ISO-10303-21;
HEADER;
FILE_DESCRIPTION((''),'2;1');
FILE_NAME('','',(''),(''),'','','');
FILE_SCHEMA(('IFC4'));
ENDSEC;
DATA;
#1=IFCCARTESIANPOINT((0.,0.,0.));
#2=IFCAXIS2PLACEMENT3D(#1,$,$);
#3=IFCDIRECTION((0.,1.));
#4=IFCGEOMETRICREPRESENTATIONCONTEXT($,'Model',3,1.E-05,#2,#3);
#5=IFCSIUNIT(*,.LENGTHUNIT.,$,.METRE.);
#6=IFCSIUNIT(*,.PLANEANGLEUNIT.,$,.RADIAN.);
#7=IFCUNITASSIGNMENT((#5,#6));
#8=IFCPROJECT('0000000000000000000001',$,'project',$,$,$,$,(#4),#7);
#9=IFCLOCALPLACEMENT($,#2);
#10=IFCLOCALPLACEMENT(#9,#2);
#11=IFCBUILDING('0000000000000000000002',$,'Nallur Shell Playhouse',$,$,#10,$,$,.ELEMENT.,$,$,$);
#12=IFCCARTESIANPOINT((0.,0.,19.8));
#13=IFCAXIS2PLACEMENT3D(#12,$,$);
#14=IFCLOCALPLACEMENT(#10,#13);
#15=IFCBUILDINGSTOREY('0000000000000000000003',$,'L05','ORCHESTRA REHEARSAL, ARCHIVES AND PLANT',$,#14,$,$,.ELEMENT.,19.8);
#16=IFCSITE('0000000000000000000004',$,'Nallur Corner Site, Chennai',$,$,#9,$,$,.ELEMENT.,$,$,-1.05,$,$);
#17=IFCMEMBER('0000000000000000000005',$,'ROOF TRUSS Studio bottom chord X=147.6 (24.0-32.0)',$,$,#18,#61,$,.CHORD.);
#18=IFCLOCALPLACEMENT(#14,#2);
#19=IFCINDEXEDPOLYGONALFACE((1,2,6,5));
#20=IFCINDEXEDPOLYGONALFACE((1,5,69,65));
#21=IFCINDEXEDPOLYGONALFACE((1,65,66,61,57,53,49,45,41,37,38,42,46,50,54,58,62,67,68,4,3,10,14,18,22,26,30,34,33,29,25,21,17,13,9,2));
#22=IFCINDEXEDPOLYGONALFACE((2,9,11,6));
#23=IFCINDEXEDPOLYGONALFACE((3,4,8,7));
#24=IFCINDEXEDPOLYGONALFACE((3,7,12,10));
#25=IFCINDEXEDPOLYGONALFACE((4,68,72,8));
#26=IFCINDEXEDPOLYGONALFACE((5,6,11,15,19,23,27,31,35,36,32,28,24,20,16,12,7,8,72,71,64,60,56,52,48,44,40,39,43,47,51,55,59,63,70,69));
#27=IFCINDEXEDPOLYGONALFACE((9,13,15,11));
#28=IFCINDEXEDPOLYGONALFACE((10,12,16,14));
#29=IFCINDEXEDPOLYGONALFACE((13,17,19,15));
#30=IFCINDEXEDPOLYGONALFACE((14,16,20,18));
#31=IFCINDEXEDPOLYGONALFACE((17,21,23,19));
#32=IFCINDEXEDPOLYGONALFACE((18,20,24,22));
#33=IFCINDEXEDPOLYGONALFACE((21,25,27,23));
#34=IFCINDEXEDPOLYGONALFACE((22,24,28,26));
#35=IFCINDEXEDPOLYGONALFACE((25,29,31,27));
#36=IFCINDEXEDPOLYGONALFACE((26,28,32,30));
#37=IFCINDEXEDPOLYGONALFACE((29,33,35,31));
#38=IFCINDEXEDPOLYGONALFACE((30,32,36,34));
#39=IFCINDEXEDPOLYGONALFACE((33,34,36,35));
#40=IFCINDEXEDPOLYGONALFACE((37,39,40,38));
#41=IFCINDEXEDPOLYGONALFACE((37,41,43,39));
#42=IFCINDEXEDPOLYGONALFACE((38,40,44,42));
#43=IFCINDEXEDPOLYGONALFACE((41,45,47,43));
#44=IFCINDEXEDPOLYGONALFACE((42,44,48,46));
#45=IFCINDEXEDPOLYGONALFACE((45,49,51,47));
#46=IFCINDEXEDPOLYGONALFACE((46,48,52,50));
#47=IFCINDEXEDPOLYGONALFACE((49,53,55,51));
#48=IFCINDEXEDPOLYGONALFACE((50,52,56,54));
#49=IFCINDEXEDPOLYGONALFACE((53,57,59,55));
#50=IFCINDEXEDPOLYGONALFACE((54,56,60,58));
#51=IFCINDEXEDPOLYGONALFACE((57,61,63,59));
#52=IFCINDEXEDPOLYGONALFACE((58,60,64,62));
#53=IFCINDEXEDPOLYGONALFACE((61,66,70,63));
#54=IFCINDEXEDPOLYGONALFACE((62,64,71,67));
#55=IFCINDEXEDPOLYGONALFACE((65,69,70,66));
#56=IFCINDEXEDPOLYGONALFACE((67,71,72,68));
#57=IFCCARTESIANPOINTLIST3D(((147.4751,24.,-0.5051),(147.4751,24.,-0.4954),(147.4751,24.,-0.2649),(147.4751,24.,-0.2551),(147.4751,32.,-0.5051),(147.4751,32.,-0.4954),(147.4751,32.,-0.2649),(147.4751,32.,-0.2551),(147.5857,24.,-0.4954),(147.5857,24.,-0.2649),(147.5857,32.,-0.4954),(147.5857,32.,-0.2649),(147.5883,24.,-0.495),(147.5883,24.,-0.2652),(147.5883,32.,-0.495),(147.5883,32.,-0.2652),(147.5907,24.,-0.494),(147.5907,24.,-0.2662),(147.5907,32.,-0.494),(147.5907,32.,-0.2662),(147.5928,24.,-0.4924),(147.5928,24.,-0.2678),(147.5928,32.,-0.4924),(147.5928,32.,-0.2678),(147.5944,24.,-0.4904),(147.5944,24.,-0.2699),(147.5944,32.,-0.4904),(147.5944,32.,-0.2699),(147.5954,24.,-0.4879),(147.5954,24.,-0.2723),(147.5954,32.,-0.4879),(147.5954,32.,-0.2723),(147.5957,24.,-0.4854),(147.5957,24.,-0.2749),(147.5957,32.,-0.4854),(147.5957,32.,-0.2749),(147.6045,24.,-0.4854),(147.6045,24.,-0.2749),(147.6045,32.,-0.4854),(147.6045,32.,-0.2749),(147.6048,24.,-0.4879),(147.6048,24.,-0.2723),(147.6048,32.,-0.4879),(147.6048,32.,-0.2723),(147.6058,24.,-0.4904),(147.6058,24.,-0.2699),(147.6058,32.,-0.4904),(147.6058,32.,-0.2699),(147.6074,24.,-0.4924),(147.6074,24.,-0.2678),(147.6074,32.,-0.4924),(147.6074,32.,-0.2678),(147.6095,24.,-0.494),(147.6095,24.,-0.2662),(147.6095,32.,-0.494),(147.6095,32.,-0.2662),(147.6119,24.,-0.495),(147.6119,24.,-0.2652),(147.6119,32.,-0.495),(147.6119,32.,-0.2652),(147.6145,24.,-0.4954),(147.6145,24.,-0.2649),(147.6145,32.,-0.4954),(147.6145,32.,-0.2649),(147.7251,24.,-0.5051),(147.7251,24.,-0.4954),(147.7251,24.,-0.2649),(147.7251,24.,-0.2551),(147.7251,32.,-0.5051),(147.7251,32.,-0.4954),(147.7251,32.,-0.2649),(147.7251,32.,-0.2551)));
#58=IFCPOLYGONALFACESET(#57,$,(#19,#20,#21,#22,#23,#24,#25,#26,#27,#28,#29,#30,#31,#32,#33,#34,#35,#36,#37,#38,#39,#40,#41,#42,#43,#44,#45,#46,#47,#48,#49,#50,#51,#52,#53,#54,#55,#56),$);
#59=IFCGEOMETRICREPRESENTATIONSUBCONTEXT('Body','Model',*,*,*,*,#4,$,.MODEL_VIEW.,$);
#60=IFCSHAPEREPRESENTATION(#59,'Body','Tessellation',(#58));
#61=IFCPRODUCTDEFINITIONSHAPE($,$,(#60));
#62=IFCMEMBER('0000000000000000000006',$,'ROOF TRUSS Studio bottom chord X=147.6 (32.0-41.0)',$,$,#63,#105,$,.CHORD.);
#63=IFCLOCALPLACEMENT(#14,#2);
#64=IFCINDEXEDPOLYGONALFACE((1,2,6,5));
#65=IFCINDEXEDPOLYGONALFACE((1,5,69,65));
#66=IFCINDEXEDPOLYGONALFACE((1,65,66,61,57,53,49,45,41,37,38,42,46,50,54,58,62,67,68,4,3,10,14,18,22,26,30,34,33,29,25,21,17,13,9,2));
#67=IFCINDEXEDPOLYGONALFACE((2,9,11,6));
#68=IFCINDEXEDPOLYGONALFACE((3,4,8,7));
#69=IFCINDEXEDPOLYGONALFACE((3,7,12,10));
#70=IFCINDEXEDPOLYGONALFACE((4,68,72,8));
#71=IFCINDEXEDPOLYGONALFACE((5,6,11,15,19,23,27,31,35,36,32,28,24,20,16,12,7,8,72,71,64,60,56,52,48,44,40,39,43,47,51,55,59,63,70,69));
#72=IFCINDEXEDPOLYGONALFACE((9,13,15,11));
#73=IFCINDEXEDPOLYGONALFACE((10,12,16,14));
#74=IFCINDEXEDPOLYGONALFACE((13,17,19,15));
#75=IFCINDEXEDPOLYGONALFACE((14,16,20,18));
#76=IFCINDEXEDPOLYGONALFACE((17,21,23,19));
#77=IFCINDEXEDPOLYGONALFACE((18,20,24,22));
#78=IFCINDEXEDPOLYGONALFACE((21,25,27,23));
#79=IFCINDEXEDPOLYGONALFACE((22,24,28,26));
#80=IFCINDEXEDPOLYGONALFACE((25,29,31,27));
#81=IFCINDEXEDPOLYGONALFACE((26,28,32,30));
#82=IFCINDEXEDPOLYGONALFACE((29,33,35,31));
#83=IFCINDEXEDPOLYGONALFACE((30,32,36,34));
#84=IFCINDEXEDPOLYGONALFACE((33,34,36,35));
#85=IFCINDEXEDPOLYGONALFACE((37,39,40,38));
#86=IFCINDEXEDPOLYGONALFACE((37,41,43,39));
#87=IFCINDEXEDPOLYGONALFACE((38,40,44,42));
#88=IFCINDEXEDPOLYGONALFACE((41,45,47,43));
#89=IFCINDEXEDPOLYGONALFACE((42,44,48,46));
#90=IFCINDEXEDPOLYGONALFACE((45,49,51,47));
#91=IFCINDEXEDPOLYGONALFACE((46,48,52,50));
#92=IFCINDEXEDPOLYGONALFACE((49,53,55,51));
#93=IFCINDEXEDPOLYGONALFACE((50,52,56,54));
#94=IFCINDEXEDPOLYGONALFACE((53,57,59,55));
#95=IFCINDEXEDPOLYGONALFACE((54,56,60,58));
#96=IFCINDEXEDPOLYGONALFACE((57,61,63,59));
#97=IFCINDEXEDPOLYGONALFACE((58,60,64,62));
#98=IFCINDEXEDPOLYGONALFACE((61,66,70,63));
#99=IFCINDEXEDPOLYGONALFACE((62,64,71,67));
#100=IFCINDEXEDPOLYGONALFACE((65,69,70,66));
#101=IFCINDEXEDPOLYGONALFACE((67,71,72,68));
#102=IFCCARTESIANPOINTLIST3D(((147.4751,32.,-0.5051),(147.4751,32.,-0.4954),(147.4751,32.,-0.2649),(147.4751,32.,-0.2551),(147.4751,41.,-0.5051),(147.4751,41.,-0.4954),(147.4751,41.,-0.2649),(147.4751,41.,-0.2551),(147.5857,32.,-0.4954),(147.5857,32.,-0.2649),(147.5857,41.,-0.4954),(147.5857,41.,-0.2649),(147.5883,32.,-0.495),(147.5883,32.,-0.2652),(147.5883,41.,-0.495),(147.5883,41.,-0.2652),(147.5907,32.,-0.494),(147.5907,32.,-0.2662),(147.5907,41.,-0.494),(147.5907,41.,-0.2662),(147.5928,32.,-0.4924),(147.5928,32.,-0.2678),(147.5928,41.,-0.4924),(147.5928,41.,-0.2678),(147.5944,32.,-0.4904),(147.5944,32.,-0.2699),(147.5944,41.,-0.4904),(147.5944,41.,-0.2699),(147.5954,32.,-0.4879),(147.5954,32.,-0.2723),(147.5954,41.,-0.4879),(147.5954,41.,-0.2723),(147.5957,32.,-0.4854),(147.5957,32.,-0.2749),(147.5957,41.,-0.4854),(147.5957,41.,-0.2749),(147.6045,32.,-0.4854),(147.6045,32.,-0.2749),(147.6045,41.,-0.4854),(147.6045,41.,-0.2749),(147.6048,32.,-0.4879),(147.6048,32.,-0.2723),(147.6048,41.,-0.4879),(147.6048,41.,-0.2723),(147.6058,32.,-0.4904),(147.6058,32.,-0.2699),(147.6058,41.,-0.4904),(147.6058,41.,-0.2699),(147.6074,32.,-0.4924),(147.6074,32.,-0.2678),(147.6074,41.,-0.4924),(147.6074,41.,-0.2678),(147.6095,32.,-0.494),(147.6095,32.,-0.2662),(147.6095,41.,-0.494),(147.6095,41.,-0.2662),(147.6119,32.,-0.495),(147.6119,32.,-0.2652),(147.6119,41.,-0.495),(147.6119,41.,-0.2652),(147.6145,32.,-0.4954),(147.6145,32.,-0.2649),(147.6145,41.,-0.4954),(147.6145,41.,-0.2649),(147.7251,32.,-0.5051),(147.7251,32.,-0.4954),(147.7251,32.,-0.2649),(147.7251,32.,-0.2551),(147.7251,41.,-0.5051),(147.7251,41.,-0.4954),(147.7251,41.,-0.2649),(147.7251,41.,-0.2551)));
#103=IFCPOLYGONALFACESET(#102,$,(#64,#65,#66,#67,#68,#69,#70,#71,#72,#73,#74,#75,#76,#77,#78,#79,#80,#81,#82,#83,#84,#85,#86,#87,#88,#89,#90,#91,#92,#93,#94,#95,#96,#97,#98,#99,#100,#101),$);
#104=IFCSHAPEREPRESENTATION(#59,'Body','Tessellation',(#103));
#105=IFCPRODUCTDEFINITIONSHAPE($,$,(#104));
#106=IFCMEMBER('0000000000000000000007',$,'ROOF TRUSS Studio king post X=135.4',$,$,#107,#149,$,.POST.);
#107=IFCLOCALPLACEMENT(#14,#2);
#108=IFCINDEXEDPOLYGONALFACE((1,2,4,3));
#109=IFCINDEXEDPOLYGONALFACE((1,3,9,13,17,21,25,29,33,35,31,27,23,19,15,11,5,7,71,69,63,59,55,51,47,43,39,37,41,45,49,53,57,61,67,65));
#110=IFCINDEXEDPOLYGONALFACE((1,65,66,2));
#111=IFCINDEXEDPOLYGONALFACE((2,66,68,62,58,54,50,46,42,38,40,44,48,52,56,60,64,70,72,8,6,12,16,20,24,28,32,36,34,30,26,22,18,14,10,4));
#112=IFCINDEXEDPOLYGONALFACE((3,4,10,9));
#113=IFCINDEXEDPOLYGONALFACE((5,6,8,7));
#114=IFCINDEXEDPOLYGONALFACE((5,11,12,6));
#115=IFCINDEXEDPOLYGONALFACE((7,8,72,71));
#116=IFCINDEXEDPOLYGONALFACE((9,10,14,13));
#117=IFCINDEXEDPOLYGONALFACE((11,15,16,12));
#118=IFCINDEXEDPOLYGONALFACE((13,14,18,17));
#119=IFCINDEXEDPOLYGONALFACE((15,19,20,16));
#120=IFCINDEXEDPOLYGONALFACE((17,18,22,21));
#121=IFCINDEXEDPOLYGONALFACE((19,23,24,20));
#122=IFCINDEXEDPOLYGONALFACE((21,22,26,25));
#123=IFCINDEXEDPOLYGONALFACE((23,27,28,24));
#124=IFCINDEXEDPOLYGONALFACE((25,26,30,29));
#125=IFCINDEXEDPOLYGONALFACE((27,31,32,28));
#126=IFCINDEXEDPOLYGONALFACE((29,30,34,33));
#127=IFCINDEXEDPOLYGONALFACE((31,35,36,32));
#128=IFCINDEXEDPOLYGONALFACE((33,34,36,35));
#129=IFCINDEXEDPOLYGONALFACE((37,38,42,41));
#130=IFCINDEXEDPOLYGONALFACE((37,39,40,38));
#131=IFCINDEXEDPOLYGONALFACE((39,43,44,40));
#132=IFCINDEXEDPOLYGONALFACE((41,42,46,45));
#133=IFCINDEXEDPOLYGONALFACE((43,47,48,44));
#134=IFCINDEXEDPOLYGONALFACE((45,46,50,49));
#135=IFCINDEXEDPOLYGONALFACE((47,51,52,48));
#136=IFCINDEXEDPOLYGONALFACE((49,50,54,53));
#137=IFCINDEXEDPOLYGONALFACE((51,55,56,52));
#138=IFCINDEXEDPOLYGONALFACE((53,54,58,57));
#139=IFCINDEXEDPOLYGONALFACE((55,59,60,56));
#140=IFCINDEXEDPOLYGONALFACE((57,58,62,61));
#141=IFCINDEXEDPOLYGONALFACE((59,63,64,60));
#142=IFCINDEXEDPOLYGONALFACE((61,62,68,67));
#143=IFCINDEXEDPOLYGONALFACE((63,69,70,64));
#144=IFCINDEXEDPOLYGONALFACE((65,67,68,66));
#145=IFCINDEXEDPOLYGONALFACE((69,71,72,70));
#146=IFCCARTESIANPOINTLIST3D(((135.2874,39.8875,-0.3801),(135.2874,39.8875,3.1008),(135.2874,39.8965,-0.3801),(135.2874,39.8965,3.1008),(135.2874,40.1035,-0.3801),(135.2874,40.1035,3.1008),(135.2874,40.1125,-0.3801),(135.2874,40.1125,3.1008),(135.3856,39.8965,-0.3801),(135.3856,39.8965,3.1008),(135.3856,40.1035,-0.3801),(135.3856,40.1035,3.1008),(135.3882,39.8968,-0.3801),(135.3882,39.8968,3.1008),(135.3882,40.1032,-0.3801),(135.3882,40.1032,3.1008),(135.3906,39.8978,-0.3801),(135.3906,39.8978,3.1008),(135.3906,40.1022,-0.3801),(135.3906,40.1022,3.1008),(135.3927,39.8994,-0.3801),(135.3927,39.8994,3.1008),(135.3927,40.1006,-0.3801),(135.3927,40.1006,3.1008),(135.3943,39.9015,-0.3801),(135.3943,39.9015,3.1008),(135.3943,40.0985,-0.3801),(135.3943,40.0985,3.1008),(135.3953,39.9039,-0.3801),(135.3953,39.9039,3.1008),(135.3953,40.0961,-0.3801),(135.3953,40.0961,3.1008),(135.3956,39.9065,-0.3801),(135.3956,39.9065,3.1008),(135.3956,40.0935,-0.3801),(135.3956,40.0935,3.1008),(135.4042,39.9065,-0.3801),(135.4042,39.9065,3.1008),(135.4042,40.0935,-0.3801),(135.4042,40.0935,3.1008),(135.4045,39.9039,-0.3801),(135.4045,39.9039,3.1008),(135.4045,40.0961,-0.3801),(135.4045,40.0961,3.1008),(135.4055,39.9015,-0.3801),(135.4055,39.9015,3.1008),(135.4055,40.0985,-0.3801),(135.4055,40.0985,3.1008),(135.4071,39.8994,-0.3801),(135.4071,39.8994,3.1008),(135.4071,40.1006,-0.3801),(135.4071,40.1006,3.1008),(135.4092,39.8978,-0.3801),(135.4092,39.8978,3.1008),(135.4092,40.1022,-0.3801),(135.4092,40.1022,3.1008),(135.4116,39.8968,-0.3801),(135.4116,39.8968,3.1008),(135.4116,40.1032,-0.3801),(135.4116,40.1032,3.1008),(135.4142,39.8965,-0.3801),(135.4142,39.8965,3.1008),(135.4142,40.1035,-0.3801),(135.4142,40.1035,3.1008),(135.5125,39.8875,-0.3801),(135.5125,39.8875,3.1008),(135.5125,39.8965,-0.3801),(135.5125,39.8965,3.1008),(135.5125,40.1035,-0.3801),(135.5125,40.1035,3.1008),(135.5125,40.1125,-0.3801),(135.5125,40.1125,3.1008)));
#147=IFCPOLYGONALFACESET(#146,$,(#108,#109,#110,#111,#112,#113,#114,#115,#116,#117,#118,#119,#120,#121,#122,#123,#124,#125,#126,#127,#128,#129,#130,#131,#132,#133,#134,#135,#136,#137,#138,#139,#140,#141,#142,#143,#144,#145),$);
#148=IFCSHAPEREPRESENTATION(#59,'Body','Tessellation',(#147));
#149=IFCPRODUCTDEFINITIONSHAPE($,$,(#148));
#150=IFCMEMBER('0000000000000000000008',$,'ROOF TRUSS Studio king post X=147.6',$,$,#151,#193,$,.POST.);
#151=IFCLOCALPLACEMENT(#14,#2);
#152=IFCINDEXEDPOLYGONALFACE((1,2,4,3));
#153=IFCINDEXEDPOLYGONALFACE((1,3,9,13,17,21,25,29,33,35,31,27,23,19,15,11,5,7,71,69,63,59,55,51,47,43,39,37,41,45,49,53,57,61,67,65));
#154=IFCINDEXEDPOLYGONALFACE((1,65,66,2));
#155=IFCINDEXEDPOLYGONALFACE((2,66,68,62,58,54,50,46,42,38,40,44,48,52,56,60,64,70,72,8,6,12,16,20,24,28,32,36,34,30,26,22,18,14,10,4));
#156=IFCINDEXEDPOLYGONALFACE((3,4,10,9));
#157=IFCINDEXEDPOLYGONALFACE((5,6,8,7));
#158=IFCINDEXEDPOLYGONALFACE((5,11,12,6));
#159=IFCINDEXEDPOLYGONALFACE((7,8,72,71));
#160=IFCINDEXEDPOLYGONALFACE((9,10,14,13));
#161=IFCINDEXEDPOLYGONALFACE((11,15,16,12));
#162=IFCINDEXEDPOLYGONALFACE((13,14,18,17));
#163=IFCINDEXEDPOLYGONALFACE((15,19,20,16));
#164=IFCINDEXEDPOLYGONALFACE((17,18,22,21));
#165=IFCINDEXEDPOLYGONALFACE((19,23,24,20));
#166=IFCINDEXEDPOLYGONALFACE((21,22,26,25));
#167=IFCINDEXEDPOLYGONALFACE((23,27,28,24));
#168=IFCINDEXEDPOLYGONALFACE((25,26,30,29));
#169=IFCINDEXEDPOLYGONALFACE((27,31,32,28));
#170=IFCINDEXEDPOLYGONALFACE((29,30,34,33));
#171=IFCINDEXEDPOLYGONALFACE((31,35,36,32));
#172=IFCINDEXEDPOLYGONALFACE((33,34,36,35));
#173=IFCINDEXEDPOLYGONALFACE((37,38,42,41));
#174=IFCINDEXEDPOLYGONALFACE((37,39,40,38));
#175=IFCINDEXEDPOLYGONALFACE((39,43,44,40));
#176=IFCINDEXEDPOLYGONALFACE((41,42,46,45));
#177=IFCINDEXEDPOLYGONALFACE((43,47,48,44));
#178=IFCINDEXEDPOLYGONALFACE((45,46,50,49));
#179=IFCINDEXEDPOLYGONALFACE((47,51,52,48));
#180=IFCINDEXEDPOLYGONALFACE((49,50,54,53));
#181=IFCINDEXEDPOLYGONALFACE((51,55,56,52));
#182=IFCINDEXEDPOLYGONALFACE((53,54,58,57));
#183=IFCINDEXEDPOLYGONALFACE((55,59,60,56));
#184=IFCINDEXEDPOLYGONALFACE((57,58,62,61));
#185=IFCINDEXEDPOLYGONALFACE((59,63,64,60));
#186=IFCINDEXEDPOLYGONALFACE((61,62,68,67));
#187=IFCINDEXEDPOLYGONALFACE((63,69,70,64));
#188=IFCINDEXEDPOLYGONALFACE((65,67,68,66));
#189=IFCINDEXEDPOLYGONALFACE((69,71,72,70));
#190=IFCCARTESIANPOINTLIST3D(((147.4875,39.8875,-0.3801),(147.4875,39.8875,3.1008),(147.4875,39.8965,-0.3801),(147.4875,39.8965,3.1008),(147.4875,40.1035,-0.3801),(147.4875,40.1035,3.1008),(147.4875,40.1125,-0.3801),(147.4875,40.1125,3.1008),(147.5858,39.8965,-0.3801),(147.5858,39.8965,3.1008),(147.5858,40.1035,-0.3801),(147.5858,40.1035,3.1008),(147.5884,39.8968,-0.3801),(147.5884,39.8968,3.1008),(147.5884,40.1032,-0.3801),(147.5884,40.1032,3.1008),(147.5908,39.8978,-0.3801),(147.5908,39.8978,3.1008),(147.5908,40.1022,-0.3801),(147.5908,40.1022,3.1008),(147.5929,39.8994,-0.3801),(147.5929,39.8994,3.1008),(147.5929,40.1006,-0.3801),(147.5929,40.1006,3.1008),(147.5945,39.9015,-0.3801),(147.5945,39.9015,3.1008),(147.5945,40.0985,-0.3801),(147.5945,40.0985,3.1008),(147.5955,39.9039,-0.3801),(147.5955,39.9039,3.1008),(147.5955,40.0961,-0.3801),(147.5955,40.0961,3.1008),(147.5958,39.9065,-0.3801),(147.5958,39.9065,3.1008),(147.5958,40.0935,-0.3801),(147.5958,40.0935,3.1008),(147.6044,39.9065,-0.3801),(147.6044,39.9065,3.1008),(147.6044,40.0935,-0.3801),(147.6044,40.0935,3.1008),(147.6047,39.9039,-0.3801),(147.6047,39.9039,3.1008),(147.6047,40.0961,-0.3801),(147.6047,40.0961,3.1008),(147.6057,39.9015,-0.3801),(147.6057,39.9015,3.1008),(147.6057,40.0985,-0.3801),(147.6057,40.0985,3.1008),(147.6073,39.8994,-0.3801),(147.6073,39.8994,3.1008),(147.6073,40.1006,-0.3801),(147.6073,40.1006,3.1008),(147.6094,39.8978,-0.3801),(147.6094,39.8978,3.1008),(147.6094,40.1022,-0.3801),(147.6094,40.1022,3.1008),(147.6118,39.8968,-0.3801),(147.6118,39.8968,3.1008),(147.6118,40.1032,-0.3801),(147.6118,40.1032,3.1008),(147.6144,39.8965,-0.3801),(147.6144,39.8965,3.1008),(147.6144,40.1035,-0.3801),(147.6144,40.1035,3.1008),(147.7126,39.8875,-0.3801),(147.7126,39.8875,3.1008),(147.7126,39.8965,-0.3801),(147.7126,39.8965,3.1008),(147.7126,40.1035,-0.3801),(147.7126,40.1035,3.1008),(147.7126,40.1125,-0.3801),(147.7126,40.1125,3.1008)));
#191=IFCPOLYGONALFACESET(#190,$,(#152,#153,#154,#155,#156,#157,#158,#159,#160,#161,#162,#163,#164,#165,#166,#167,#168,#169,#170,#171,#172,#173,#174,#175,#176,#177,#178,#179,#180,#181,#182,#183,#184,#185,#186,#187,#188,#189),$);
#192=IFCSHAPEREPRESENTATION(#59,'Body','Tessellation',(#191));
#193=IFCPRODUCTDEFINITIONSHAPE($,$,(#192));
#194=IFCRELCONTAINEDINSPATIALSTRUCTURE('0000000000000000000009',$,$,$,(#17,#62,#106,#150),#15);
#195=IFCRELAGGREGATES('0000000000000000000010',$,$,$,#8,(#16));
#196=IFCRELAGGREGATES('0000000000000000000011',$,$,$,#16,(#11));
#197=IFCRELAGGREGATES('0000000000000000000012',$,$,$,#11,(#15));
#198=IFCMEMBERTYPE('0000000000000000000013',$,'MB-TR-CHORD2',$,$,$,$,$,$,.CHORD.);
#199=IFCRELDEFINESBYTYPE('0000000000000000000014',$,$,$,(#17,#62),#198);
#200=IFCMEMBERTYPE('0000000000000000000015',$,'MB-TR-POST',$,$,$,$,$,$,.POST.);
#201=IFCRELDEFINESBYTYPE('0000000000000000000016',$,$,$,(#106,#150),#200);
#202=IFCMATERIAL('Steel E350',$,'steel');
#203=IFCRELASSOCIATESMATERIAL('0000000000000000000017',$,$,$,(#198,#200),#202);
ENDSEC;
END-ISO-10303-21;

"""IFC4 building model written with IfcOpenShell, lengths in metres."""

from ifc_helpers import new_model, si_unit, direction, frame, origin, origin_2d, place, context, subcontext, project, spatial, i_section, extrude, material, material_profile, profile_set, type_object, element, save


model = new_model("IFC4")

# Units and contexts
model_context = context("Model", 3, precision=1e-05, world=origin(), true_north=direction((0.0, 1.0)))
body_context = subcontext(model_context, "Body", "Model", "MODEL_VIEW")
ifc_project = project(units=[si_unit("LENGTHUNIT", "METRE"), si_unit("PLANEANGLEUNIT", "RADIAN")], contexts=[model_context])

# Site, building, storey
site_placement = place(None, origin())
site = spatial("IfcSite", under=ifc_project, at=site_placement, Name="Nallur Corner Site, Chennai", CompositionType="ELEMENT", RefElevation=-1.05)
building_placement = place(site_placement, origin())
building = spatial("IfcBuilding", under=site, at=building_placement, Name="Nallur Shell Playhouse", CompositionType="ELEMENT")
storey_placement = place(building_placement, frame((0.0, 0.0, 19.8)))
storey = spatial("IfcBuildingStorey", under=building, at=storey_placement, Name="L05", Description="ORCHESTRA REHEARSAL, ARCHIVES AND PLANT", CompositionType="ELEMENT", Elevation=19.8)

# Shared definitions
ifc_material_1 = material(Name="Steel E350", Category="steel")

# Members
ifc_material_profile_1 = material_profile(ifc_material_1, i_section(OverallWidth=0.25, OverallDepth=0.25, WebThickness=0.0088, FlangeThickness=0.0098, FilletRadius=0.01, at=origin_2d()), Name="ISHB 250")
ifc_profile_set_1 = profile_set([ifc_material_profile_1], Name="Steel E350")
member_type_1 = type_object("IfcMemberType", Name="MB-TR-CHORD2", PredefinedType="CHORD", material=ifc_profile_set_1)
member_1_placement = place(storey_placement, frame((147.6001, 24.0, -0.3801), z_axis=(0.0, 1.0, 0.0), x_axis=(-1.0, 0.0, 0.0)))
element("IfcMember", 1, at=member_1_placement, inside=storey, type_object=member_type_1, Name="ROOF TRUSS Studio bottom chord X=147.6 (24.0-32.0)", PredefinedType="CHORD", context=body_context, shape_type="SweptSolid", body=[
    extrude(i_section(OverallWidth=0.25, OverallDepth=0.25, WebThickness=0.0088, FlangeThickness=0.0098, FilletRadius=0.01, at=origin_2d()), origin(), (0.0, 0.0, 1.0), 8.0),
])
member_2_placement = place(storey_placement, frame((147.6001, 32.0, -0.3801), z_axis=(0.0, 1.0, 0.0), x_axis=(-1.0, 0.0, 0.0)))
element("IfcMember", 2, at=member_2_placement, inside=storey, type_object=member_type_1, Name="ROOF TRUSS Studio bottom chord X=147.6 (32.0-41.0)", PredefinedType="CHORD", context=body_context, shape_type="SweptSolid", body=[
    extrude(i_section(OverallWidth=0.25, OverallDepth=0.25, WebThickness=0.0088, FlangeThickness=0.0098, FilletRadius=0.01, at=origin_2d()), origin(), (0.0, 0.0, 1.0), 9.0),
])
ifc_material_profile_2 = material_profile(ifc_material_1, i_section(OverallWidth=0.2251, OverallDepth=0.2251, WebThickness=0.0085, FlangeThickness=0.009, FilletRadius=0.01, at=origin_2d()), Name="ISHB 225")
ifc_profile_set_2 = profile_set([ifc_material_profile_2], Name="Steel E350")
member_type_2 = type_object("IfcMemberType", Name="MB-TR-POST", PredefinedType="POST", material=ifc_profile_set_2)
for number, where, z_axis, x_axis, name in (
    (3, (135.3999, 40.0, -0.3801), (0.0, 0.0, 1.0), (1.0, 0.0, 0.0), "ROOF TRUSS Studio king post X=135.4"),
    (4, (147.6001, 40.0, -0.3801), (0.0, 0.0, 1.0), (1.0, 0.0, 0.0), "ROOF TRUSS Studio king post X=147.6"),
):
    element("IfcMember", number, at=place(storey_placement, frame(where, z_axis=z_axis, x_axis=x_axis)), inside=storey, type_object=member_type_2, Name=name, PredefinedType="POST", context=body_context, shape_type="SweptSolid", body=[
        extrude(i_section(OverallWidth=0.2251, OverallDepth=0.2251, WebThickness=0.0085, FlangeThickness=0.009, FilletRadius=0.01, at=origin_2d()), origin(), (0.0, 0.0, 1.0), 3.481),
    ])

save(model, "model.ifc")
